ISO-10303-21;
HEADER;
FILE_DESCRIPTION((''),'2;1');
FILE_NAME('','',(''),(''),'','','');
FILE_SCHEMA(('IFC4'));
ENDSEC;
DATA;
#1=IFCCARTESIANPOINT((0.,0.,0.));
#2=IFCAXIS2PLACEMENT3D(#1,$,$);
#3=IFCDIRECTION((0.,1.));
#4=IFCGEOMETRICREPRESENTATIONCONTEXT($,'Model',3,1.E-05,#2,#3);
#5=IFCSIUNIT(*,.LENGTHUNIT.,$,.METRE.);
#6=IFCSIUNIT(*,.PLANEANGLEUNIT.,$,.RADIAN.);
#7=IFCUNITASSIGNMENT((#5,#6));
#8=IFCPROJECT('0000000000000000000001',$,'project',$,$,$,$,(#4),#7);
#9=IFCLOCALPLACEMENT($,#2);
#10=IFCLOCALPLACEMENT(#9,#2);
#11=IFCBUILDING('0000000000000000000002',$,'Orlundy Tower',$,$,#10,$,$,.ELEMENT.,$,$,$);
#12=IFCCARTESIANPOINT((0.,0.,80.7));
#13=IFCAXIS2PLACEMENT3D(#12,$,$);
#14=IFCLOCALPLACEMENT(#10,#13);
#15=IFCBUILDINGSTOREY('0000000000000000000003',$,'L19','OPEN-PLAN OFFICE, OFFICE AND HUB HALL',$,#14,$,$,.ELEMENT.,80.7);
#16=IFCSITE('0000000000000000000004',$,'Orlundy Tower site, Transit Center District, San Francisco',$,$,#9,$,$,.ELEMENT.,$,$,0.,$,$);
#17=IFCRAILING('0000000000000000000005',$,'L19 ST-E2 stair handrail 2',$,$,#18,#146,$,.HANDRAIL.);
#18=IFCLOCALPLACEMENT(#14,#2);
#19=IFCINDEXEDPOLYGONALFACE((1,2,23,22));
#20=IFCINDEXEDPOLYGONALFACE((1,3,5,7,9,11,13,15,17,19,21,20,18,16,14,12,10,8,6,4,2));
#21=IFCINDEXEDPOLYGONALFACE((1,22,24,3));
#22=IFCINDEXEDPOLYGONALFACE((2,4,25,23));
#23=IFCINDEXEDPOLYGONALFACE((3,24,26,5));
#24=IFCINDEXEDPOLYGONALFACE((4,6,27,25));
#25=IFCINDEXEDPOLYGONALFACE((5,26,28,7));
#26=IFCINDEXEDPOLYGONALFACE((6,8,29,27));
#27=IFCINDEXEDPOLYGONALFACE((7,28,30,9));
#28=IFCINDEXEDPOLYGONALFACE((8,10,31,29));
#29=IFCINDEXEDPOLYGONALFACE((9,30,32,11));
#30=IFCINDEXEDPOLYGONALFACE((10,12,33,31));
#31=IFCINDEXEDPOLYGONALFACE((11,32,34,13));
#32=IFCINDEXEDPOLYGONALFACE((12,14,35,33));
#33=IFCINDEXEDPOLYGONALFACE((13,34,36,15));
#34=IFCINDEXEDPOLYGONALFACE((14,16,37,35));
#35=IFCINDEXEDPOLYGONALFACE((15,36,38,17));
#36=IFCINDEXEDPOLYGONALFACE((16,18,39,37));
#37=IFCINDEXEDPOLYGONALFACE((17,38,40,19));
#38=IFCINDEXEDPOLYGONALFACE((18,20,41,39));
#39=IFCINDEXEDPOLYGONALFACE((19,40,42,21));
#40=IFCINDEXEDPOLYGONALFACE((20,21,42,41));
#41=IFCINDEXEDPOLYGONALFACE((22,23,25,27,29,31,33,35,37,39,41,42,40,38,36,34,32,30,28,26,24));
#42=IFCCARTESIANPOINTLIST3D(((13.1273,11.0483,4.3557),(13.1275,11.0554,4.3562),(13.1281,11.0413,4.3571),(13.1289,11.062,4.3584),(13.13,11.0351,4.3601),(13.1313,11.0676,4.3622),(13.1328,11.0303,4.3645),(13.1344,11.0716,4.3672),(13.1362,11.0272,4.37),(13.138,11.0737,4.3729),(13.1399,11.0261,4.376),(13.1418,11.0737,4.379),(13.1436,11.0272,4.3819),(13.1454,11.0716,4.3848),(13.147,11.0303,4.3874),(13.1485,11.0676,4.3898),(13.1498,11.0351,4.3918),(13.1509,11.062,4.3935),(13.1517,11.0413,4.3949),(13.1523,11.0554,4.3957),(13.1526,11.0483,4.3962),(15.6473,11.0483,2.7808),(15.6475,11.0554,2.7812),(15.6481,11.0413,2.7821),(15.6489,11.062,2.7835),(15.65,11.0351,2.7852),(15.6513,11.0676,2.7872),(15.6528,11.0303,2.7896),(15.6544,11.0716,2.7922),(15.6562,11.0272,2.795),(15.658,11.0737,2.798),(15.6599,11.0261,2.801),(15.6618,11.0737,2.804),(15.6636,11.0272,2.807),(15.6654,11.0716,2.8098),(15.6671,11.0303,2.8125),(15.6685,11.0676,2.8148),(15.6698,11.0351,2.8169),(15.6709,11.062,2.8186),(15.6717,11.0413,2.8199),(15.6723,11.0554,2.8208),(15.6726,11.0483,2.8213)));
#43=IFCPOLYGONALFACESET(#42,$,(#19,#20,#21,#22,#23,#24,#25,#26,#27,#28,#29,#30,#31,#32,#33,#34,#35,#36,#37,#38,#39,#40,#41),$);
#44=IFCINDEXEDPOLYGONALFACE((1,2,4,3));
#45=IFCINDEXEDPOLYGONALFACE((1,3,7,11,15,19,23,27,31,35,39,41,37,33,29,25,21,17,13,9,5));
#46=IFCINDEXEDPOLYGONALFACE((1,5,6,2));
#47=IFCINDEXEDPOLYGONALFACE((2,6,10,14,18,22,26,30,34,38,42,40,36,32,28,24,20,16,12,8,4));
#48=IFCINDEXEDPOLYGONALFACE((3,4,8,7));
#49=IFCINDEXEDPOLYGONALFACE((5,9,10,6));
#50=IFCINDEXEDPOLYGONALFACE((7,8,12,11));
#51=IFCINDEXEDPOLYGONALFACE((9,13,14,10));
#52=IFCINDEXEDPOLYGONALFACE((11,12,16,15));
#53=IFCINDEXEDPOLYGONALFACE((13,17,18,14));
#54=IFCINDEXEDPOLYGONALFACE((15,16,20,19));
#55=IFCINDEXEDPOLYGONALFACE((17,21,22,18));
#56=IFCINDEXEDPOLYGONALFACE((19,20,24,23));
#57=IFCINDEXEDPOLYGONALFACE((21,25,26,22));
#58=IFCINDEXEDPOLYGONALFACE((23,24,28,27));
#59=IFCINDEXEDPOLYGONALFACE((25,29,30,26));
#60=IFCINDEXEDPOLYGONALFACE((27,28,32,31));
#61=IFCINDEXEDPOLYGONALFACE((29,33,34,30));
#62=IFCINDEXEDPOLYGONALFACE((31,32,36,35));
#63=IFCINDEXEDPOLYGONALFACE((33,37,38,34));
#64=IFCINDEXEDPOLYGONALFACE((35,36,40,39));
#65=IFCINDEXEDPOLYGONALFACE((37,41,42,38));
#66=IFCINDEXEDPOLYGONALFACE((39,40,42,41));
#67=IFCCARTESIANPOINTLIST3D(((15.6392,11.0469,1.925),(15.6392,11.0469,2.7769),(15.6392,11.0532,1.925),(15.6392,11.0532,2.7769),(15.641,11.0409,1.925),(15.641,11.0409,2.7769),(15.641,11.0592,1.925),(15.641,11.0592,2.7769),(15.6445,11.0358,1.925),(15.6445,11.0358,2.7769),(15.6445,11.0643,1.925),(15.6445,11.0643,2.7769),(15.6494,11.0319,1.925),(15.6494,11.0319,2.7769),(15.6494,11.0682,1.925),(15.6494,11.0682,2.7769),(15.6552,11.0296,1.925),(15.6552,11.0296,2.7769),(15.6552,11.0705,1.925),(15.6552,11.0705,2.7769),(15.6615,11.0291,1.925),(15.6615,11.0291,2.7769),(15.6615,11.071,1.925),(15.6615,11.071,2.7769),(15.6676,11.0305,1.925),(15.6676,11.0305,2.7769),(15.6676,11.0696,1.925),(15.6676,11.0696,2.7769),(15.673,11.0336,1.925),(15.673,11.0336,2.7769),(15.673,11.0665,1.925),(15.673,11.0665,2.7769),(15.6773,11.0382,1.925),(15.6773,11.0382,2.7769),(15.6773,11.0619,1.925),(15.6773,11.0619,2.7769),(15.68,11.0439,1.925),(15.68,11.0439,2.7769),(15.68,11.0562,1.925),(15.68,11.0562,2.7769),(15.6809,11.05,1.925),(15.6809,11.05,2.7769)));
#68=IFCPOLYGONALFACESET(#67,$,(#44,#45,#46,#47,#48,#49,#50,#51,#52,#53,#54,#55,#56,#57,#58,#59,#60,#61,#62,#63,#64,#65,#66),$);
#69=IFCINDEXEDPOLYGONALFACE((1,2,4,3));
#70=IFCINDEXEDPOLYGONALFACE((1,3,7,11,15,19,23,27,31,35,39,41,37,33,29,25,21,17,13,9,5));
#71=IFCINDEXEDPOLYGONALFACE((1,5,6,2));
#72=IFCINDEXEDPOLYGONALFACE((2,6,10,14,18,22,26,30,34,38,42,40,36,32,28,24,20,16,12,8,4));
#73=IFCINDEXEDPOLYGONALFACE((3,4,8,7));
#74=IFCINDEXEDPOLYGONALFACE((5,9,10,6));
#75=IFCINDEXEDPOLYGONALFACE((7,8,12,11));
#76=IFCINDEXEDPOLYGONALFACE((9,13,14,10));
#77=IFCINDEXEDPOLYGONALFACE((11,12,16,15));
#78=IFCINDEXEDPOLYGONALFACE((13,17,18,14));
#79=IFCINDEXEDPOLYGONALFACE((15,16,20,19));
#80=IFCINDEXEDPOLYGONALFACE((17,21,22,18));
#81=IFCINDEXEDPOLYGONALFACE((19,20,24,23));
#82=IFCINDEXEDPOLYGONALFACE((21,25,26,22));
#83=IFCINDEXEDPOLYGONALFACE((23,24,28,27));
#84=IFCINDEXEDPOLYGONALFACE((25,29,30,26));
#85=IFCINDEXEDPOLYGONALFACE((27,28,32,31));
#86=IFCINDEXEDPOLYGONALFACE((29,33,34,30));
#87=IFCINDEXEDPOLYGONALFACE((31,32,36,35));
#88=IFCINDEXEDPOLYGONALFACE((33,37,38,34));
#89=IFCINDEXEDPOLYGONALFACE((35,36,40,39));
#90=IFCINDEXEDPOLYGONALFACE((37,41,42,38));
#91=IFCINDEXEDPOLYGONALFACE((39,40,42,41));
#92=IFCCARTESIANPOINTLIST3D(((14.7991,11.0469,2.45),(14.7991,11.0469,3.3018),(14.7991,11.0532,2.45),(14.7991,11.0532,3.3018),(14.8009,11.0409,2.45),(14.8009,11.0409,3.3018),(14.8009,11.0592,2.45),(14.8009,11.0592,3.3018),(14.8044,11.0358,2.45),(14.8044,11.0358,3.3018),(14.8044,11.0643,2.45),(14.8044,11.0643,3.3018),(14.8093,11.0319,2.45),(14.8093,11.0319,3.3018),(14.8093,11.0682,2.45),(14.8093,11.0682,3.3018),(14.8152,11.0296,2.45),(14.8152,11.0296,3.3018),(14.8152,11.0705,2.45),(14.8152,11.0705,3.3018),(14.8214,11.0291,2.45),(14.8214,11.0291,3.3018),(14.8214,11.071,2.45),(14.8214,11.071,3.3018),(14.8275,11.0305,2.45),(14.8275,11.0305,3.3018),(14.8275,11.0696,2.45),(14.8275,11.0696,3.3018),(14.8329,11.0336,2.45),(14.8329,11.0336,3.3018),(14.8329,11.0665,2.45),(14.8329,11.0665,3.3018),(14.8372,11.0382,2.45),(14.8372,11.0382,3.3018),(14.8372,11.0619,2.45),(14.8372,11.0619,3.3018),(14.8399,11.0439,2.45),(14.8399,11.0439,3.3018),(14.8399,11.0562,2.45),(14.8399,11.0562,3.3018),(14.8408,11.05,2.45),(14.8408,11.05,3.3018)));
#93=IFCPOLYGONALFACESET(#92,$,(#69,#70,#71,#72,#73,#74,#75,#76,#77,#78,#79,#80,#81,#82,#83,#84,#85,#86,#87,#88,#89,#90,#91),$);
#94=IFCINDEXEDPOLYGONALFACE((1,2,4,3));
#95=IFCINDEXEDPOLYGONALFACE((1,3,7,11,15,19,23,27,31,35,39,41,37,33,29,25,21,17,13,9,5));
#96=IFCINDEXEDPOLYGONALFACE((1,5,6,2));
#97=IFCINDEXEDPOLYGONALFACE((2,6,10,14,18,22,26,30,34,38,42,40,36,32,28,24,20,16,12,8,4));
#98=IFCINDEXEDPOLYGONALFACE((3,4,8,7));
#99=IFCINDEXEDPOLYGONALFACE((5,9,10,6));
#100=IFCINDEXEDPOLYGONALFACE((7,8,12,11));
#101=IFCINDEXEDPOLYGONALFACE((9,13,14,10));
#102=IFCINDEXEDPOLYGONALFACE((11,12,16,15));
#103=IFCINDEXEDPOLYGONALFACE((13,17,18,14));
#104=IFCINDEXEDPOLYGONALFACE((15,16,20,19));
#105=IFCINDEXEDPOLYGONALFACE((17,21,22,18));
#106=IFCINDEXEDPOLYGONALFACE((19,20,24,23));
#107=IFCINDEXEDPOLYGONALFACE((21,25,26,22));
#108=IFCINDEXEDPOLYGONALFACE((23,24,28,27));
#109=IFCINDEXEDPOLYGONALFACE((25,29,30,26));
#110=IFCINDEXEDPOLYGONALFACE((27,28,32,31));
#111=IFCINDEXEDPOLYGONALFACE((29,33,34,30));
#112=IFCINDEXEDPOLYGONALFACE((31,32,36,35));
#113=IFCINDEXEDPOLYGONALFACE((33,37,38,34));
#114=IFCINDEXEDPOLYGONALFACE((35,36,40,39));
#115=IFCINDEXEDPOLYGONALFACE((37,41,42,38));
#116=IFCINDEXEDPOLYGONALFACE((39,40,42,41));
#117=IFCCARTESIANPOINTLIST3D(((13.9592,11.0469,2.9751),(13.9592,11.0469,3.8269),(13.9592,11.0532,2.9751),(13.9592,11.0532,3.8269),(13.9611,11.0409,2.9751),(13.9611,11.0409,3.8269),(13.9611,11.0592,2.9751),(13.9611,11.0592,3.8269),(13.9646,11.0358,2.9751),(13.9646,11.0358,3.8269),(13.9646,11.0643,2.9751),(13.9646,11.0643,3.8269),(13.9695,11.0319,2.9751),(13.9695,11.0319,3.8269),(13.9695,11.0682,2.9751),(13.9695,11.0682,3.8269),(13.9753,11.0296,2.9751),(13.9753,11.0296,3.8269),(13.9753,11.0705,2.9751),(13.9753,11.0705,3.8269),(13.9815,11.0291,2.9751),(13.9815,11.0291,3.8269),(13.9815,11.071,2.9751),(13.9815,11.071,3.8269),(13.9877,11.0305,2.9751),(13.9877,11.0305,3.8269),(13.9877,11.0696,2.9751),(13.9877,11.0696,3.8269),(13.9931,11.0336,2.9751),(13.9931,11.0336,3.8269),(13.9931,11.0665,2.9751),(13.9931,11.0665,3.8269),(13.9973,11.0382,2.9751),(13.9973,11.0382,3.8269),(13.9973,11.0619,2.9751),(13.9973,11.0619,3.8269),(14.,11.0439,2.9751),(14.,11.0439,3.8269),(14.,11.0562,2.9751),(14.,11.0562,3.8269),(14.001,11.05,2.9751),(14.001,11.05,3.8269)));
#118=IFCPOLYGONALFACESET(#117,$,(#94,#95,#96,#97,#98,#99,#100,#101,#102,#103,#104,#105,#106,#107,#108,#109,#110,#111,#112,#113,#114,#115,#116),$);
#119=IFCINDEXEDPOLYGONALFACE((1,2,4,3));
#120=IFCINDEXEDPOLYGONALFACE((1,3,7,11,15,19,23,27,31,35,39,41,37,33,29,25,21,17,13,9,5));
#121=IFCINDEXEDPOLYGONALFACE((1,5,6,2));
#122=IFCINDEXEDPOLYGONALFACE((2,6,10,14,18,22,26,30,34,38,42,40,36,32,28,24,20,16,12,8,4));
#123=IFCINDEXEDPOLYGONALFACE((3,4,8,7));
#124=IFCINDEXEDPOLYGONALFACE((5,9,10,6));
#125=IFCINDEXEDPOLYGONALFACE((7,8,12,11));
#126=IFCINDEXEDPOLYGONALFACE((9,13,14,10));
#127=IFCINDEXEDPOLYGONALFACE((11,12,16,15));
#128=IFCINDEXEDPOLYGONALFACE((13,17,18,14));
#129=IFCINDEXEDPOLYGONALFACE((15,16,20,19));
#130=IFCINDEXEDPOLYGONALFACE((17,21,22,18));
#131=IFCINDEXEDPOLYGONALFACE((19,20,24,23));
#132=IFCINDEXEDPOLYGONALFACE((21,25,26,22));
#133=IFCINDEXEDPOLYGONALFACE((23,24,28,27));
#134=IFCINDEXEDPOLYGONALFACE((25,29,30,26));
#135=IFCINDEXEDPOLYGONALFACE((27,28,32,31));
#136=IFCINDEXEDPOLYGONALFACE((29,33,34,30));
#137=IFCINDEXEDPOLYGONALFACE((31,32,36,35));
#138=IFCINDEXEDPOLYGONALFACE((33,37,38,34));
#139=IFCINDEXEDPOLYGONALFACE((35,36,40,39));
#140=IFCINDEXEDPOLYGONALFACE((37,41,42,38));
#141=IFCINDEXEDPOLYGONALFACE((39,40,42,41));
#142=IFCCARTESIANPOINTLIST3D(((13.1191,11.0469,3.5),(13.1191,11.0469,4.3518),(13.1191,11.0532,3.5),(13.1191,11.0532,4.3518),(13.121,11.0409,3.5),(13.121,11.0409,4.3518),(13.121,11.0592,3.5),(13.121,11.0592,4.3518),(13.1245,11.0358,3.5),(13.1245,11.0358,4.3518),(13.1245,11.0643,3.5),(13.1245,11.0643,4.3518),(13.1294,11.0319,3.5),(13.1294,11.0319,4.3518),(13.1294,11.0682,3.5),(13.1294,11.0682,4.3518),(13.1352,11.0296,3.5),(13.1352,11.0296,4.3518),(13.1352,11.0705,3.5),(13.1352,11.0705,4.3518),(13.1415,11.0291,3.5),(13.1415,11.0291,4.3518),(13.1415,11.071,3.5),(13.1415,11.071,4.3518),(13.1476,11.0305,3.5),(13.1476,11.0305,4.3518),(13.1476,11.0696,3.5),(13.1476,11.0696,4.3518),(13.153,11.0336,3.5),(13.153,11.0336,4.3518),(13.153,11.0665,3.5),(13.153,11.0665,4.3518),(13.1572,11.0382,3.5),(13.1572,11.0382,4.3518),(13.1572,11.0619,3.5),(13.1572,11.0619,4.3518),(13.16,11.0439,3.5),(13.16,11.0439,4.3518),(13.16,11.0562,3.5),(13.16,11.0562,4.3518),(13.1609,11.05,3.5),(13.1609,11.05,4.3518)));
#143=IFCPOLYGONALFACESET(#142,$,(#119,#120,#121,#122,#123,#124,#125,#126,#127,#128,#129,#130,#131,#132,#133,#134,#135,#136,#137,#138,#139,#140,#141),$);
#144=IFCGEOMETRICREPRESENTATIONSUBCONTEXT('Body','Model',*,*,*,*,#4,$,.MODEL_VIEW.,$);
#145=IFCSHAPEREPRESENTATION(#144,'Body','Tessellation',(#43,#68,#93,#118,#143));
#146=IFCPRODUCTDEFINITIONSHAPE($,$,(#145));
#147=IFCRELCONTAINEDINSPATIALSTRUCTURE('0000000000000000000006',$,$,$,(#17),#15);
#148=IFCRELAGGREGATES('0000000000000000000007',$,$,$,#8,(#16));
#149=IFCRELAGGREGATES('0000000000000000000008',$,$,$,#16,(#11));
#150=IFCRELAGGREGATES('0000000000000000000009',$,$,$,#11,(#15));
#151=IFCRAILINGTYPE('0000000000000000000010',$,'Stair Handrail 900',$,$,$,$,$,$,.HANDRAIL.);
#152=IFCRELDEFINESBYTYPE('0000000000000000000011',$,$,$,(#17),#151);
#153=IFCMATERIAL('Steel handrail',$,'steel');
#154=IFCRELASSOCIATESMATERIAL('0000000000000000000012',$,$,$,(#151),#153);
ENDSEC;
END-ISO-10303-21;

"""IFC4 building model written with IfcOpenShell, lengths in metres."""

from ifc_helpers import new_model, si_unit, direction, frame, origin, origin_2d, place, context, subcontext, project, spatial, circle, extrude, material, type_object, element, save


model = new_model("IFC4")

# Units and contexts
model_context = context("Model", 3, precision=1e-05, world=origin(), true_north=direction((0.0, 1.0)))
body_context = subcontext(model_context, "Body", "Model", "MODEL_VIEW")
ifc_project = project(units=[si_unit("LENGTHUNIT", "METRE"), si_unit("PLANEANGLEUNIT", "RADIAN")], contexts=[model_context])

# Site, building, storey
site_placement = place(None, origin())
site = spatial("IfcSite", under=ifc_project, at=site_placement, Name="Orlundy Tower site, Transit Center District, San Francisco", CompositionType="ELEMENT", RefElevation=0.0)
building_placement = place(site_placement, origin())
building = spatial("IfcBuilding", under=site, at=building_placement, Name="Orlundy Tower", CompositionType="ELEMENT")
storey_placement = place(building_placement, frame((0.0, 0.0, 80.7)))
storey = spatial("IfcBuildingStorey", under=building, at=storey_placement, Name="L19", Description="OPEN-PLAN OFFICE, OFFICE AND HUB HALL", CompositionType="ELEMENT", Elevation=80.7)

# Railing
ifc_material_1 = material(Name="Steel handrail", Category="steel")
railing_type_1 = type_object("IfcRailingType", Name="Stair Handrail 900", PredefinedType="HANDRAIL", material=ifc_material_1)
railing_1_placement = place(storey_placement, frame((15.6599, 11.05, 1.925)))
element("IfcRailing", 1, at=railing_1_placement, inside=storey, type_object=railing_type_1, Name="L19 ST-E2 stair handrail 2", PredefinedType="HANDRAIL", context=body_context, shape_type="SweptSolid", body=[
    extrude(circle(Radius=0.0239, at=origin_2d()), frame((0.0, 0.0, 0.876), z_axis=(-0.848008, 0.0, 0.529984), x_axis=(0.0, -1.0, 0.0)), (0.0, 0.0, 1.0), 2.9717),
    extrude(circle(Radius=0.021, at=origin_2d()), origin(), (0.0, 0.0, 1.0), 0.8518),
    extrude(circle(Radius=0.021, at=origin_2d()), frame((-0.8401, 0.0, 0.5249)), (0.0, 0.0, 1.0), 0.8518),
    extrude(circle(Radius=0.021, at=origin_2d()), frame((-1.6799, 0.0, 1.05)), (0.0, 0.0, 1.0), 0.8518),
    extrude(circle(Radius=0.021, at=origin_2d()), frame((-2.52, 0.0, 1.575)), (0.0, 0.0, 1.0), 0.8518),
])

save(model, "model.ifc")
